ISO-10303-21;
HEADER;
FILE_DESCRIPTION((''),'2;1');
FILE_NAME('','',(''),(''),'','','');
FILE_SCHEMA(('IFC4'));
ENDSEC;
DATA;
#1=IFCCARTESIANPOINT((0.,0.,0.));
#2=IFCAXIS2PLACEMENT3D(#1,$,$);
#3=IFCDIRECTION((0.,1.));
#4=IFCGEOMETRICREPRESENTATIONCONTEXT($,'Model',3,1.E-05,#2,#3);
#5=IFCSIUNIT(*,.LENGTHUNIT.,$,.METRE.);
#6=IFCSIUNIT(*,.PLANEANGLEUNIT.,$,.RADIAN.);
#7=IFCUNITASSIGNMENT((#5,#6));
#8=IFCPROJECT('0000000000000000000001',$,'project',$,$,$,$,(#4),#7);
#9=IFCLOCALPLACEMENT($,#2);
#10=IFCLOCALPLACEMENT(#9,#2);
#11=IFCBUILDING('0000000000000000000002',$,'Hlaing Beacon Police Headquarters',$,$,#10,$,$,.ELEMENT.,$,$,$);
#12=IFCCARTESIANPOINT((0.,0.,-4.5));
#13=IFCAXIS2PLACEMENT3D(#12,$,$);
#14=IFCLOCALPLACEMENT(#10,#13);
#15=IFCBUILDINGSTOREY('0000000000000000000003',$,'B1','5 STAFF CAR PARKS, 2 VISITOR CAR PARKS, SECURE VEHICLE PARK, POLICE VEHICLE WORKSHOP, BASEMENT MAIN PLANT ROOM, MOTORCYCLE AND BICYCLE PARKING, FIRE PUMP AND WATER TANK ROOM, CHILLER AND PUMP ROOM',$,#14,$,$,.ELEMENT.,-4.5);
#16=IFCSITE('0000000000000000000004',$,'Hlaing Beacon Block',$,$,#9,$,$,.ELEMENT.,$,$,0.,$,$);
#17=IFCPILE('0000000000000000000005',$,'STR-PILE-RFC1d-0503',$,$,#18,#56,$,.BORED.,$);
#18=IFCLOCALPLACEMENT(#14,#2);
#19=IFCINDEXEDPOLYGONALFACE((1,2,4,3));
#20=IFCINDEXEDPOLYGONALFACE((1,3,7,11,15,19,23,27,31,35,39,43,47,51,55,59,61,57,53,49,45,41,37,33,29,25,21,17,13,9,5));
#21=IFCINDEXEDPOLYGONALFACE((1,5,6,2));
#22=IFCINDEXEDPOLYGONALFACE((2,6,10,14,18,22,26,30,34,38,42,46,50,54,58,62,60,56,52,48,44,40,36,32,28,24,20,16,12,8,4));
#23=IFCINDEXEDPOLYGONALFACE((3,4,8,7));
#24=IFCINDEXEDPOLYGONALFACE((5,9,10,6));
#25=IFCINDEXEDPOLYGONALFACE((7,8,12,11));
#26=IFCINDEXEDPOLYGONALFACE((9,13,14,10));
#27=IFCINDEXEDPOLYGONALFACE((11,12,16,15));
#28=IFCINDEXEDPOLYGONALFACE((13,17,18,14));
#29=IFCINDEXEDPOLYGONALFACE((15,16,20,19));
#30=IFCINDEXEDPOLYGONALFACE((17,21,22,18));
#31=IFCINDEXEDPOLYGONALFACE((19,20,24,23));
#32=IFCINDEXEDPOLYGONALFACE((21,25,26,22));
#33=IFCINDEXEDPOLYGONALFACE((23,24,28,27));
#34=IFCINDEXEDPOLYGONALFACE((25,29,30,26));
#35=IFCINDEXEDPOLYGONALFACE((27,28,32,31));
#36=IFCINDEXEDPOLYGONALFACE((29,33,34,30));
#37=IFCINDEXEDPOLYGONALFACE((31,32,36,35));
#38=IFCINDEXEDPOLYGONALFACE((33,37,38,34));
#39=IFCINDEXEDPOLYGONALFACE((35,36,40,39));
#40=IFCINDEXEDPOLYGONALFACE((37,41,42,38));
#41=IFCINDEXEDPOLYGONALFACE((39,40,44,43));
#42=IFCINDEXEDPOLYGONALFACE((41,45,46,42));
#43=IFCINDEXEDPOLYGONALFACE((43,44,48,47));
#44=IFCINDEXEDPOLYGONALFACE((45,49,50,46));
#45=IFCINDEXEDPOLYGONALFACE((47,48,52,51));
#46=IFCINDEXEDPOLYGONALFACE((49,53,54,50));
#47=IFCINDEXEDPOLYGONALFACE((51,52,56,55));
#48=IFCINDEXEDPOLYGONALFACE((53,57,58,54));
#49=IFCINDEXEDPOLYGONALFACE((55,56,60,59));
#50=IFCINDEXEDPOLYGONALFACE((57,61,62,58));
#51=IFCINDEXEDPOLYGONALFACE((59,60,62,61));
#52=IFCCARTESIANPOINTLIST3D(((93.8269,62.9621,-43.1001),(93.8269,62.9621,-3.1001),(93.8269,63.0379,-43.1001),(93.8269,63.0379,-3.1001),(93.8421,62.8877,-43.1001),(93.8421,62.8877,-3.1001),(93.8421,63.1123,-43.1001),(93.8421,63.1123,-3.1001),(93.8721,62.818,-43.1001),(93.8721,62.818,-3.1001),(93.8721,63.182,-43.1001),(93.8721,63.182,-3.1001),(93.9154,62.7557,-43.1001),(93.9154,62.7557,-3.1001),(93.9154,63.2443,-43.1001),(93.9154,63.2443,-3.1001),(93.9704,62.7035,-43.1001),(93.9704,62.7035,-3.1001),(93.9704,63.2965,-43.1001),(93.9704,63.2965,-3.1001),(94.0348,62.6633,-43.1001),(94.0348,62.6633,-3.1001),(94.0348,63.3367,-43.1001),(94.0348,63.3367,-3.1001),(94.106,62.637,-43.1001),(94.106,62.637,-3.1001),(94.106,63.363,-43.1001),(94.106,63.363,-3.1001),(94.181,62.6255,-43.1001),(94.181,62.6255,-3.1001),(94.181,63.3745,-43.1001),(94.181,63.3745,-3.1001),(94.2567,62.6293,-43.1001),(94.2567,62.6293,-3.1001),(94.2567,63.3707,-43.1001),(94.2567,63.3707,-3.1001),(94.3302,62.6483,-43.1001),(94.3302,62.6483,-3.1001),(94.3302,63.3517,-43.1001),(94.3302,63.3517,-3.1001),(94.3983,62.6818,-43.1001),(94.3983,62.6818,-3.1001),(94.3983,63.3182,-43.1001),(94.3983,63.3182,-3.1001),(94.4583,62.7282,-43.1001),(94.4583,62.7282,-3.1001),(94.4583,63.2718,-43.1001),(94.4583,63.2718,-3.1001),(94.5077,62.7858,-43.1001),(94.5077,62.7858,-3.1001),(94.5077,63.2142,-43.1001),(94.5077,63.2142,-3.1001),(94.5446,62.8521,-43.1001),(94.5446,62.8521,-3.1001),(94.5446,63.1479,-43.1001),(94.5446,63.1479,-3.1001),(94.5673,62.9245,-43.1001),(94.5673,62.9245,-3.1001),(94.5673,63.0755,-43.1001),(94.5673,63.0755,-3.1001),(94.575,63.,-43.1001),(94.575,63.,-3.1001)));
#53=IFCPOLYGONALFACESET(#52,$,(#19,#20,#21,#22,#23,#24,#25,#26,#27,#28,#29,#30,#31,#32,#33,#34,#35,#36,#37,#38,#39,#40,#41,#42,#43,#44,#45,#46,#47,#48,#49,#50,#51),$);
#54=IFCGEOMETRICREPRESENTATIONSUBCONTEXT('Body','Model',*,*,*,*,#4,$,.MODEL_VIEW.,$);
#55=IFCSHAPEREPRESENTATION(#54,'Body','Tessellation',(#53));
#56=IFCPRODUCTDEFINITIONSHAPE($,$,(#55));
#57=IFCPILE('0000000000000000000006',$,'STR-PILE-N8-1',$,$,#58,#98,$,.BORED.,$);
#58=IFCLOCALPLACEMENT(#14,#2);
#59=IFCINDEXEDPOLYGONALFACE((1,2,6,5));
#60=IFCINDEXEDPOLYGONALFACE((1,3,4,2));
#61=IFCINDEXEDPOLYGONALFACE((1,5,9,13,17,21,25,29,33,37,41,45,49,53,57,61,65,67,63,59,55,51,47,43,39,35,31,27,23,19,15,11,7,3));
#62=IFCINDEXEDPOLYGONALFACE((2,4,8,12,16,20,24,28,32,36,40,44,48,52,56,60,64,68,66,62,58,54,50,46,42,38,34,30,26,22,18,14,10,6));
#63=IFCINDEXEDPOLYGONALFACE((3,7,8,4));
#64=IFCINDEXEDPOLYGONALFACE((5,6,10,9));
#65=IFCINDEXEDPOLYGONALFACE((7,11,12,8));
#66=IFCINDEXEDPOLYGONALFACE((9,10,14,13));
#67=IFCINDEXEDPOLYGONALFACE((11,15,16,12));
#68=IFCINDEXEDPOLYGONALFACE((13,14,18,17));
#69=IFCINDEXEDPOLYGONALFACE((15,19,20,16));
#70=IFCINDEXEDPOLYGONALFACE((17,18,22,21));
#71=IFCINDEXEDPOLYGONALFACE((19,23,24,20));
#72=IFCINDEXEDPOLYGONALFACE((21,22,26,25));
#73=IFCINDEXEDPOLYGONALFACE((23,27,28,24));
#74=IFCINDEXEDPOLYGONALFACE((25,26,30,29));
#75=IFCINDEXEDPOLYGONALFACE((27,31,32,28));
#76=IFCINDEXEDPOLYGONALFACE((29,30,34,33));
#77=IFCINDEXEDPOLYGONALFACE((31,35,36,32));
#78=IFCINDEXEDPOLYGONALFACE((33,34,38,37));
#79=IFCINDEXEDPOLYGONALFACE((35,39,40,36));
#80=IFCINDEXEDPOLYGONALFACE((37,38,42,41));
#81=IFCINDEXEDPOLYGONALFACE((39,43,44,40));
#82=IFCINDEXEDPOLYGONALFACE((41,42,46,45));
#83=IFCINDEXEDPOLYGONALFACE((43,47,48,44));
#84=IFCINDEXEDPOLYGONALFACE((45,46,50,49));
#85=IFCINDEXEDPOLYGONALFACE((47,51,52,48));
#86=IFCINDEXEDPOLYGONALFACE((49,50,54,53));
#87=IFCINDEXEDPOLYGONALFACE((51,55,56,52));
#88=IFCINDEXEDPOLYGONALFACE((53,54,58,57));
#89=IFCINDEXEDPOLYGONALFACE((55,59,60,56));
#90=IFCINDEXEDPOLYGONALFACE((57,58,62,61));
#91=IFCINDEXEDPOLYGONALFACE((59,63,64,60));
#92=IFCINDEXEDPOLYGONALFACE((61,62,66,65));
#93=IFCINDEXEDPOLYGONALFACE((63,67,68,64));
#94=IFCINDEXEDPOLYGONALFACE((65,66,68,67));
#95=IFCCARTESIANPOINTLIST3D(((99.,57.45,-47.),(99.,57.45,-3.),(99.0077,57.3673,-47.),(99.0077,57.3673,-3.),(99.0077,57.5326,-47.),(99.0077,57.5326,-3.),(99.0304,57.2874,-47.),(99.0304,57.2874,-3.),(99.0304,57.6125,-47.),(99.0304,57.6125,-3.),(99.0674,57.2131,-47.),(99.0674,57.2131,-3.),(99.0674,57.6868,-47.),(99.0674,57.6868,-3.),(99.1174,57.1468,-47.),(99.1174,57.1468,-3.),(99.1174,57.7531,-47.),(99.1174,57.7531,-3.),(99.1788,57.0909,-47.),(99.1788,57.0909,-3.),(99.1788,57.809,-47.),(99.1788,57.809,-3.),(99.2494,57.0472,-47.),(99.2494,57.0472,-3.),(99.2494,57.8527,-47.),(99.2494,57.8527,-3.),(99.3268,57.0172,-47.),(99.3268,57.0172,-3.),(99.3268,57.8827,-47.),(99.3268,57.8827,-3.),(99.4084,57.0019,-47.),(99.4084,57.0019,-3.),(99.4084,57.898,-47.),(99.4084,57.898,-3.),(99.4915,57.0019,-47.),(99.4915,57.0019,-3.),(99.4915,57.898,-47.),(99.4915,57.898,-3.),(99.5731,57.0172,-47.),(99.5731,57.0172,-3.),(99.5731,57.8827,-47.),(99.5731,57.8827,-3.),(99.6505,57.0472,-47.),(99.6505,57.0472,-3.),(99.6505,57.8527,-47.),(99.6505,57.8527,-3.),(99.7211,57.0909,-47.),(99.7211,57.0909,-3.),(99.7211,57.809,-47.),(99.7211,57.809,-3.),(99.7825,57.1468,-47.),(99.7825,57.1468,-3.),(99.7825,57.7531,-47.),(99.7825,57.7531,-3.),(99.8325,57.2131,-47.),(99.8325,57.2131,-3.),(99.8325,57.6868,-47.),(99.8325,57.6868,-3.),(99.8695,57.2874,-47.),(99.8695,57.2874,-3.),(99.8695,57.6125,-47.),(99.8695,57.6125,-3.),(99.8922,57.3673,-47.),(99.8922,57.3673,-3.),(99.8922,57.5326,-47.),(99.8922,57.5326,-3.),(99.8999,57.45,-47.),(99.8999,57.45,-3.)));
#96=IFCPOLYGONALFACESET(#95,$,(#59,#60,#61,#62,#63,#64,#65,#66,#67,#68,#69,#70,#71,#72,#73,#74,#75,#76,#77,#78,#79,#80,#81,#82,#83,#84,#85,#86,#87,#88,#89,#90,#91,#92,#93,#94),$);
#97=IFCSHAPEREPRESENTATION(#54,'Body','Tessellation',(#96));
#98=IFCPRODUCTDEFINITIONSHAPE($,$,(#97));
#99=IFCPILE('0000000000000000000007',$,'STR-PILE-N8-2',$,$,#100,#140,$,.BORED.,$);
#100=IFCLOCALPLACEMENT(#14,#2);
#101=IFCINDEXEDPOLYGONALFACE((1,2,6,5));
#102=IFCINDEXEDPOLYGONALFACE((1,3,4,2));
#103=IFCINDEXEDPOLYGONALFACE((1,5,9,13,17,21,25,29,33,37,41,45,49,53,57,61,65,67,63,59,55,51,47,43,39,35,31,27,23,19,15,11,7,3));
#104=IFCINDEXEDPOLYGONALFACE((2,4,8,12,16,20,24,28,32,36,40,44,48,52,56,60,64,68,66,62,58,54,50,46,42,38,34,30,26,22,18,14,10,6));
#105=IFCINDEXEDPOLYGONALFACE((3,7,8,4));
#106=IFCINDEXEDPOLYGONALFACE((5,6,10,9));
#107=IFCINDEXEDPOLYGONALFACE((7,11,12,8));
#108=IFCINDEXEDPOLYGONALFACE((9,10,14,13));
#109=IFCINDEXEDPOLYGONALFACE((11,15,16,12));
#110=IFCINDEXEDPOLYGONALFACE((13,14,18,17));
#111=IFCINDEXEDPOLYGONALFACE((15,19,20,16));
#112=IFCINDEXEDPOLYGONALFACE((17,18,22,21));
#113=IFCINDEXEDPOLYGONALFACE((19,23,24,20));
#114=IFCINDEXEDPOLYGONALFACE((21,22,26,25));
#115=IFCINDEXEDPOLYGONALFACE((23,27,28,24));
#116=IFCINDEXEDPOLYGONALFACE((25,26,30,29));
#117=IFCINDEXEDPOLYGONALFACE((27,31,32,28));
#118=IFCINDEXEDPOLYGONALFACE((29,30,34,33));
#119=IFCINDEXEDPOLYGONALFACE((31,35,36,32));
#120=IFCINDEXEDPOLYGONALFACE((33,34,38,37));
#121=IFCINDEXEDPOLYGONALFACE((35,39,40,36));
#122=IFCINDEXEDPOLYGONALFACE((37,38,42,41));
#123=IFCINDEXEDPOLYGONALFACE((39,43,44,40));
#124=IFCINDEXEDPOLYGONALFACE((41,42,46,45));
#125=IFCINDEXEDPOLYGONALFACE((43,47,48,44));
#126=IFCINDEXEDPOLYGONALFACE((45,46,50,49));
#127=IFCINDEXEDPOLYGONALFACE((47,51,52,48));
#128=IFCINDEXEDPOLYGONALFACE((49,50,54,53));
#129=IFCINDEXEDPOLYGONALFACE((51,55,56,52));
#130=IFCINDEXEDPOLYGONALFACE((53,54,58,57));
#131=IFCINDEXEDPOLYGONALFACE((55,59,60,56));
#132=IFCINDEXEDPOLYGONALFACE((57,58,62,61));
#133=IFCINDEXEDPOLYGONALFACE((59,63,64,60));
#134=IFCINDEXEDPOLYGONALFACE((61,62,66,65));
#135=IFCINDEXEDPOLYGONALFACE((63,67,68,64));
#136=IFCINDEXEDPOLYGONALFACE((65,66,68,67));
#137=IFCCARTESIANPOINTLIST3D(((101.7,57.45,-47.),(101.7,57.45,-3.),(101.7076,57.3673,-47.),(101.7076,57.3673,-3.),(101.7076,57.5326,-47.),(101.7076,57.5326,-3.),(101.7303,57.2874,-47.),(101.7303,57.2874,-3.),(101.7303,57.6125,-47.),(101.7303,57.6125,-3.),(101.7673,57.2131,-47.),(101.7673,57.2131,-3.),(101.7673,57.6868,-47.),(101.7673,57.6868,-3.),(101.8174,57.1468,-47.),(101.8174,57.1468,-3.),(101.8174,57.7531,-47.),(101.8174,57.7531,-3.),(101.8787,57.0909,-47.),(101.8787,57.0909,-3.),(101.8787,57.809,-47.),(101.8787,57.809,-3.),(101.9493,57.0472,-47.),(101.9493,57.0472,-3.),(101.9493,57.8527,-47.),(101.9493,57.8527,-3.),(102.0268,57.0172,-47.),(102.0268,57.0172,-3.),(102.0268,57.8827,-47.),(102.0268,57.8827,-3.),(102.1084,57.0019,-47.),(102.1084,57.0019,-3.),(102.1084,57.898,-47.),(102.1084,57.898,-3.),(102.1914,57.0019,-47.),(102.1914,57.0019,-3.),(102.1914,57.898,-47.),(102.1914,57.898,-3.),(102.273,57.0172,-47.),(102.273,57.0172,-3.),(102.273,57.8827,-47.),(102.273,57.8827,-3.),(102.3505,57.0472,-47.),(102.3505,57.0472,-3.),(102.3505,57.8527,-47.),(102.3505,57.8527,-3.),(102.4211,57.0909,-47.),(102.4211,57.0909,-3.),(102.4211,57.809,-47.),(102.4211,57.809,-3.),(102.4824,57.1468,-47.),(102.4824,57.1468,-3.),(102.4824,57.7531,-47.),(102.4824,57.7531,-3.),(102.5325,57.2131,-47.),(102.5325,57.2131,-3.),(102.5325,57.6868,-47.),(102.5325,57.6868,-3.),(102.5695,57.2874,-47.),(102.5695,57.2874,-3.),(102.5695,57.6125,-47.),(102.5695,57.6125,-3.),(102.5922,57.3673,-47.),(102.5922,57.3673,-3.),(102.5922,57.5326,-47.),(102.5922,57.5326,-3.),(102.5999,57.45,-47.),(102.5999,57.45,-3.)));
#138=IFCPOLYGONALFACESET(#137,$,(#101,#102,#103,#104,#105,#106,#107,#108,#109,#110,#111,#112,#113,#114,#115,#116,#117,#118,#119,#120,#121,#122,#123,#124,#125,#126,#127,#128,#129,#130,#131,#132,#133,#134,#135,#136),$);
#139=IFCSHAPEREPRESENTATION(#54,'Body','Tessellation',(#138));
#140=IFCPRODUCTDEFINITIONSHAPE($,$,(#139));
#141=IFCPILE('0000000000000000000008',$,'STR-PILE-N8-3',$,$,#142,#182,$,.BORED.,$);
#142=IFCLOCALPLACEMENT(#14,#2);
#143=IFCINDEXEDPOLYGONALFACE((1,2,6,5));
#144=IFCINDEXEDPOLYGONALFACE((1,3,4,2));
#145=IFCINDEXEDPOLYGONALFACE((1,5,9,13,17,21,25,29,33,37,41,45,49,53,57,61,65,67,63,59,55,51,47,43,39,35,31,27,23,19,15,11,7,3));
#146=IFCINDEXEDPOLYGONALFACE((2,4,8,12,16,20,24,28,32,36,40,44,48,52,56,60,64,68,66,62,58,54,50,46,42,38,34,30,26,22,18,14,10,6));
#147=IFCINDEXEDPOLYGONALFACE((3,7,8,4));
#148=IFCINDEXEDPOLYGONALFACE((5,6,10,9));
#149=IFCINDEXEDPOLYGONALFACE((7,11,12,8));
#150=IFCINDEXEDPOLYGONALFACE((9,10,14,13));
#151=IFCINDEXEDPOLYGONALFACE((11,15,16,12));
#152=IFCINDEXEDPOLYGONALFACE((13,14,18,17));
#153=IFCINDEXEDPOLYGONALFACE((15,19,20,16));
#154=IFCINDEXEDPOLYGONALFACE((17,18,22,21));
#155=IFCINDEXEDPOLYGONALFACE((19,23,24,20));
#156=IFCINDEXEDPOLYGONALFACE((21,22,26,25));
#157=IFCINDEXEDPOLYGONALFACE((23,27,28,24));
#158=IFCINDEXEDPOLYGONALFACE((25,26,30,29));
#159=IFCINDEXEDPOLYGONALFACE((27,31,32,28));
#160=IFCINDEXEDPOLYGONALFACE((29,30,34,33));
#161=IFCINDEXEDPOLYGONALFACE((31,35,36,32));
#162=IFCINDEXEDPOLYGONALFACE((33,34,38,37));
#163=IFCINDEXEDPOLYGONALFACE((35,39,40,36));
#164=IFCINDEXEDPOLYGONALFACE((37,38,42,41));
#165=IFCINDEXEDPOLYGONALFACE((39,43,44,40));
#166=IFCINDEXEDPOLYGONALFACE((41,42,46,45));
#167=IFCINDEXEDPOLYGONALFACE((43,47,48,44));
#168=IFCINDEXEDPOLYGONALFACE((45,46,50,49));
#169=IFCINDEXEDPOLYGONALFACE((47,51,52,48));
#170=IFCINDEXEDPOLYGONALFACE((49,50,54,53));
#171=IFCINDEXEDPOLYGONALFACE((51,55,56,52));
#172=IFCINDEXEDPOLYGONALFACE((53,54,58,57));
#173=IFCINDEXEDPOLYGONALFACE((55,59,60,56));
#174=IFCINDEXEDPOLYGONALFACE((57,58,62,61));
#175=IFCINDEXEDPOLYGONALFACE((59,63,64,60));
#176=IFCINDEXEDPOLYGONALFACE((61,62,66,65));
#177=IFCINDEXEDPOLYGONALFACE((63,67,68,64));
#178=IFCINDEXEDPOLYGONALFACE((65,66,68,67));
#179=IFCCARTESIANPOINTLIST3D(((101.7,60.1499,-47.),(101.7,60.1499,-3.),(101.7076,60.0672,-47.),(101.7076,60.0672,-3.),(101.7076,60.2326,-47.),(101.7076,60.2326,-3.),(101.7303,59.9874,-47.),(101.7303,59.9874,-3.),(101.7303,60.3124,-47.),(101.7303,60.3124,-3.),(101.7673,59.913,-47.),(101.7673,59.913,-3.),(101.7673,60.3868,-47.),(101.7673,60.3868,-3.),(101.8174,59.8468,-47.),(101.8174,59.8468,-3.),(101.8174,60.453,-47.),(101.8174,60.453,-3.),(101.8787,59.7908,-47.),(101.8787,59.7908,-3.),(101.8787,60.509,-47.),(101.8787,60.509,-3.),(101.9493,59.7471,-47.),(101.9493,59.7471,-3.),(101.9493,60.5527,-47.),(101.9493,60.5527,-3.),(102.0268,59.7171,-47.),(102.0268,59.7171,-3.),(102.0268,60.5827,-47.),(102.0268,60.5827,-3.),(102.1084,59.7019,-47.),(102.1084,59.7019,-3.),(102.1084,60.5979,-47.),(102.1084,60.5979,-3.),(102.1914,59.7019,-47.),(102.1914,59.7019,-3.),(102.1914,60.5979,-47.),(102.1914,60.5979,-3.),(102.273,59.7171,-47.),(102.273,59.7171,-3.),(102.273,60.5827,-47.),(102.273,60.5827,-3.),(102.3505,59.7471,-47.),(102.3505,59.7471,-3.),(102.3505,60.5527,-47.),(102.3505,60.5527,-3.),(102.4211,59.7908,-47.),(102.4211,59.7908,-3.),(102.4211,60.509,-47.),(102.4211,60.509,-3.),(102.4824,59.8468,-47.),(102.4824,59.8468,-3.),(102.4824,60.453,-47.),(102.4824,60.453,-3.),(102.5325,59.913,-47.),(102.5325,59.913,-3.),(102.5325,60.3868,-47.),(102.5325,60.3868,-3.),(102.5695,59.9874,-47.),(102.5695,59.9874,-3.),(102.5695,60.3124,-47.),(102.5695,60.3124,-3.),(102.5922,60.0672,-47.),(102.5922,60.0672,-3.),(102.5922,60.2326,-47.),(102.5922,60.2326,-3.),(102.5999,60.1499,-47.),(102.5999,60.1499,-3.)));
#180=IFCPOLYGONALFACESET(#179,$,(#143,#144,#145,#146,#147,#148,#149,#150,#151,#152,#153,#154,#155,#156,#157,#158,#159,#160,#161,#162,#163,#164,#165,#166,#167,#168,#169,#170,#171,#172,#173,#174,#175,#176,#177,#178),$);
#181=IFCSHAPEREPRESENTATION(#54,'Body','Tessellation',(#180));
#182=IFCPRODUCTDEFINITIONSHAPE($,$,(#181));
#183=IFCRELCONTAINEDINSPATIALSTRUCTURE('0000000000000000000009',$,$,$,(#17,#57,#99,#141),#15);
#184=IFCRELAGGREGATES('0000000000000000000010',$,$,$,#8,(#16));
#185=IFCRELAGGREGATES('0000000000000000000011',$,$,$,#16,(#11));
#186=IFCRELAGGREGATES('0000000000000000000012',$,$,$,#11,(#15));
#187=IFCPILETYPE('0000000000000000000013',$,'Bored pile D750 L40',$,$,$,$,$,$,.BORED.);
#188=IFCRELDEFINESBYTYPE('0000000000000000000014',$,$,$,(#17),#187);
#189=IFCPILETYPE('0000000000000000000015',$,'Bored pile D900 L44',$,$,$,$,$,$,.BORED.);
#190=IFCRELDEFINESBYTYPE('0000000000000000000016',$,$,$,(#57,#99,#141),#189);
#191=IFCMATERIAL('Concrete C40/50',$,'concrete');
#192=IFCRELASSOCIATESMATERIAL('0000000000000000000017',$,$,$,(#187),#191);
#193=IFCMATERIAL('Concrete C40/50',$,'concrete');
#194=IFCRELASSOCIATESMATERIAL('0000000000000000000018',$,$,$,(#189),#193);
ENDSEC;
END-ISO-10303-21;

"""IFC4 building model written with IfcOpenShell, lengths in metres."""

from ifc_helpers import new_model, si_unit, direction, frame, origin, origin_2d, place, context, subcontext, project, spatial, circle, extrude, material, material_profile, profile_set, type_object, element, save


model = new_model("IFC4")

# Units and contexts
model_context = context("Model", 3, precision=1e-05, world=origin(), true_north=direction((0.0, 1.0)))
body_context = subcontext(model_context, "Body", "Model", "MODEL_VIEW")
ifc_project = project(units=[si_unit("LENGTHUNIT", "METRE"), si_unit("PLANEANGLEUNIT", "RADIAN")], contexts=[model_context])

# Site, building, storey
site_placement = place(None, origin())
site = spatial("IfcSite", under=ifc_project, at=site_placement, Name="Hlaing Beacon Block", CompositionType="ELEMENT", RefElevation=0.0)
building_placement = place(site_placement, origin())
building = spatial("IfcBuilding", under=site, at=building_placement, Name="Hlaing Beacon Police Headquarters", CompositionType="ELEMENT")
storey_placement = place(building_placement, frame((0.0, 0.0, -4.5)))
storey = spatial("IfcBuildingStorey", under=building, at=storey_placement, Name="B1", Description="5 STAFF CAR PARKS, 2 VISITOR CAR PARKS, SECURE VEHICLE PARK, POLICE VEHICLE WORKSHOP, BASEMENT MAIN PLANT ROOM, MOTORCYCLE AND BICYCLE PARKING, FIRE PUMP AND WATER TANK ROOM, CHILLER AND PUMP ROOM", CompositionType="ELEMENT", Elevation=-4.5)

# Piles
ifc_material_1 = material(Name="Concrete C40/50", Category="concrete")
ifc_material_profile_1 = material_profile(ifc_material_1, circle(Radius=0.375, at=origin_2d()), Name="D750")
ifc_profile_set_1 = profile_set([ifc_material_profile_1], Name="Concrete C40/50")
pile_type_1 = type_object("IfcPileType", Name="Bored pile D750 L40", PredefinedType="BORED", material=ifc_profile_set_1)
for number, where, z_axis, x_axis, name in (
    (1, (94.2, 63.0, -3.1001), (0.0, 0.0, -1.0), (1.0, 0.0, 0.0), "STR-PILE-RFC1d-0503"),
):
    element("IfcPile", number, at=place(storey_placement, frame(where, z_axis=z_axis, x_axis=x_axis)), inside=storey, type_object=pile_type_1, Name=name, PredefinedType="BORED", context=body_context, shape_type="SweptSolid", body=[
        extrude(circle(Radius=0.375, at=origin_2d()), origin(), (0.0, 0.0, 1.0), 40.0),
    ])
ifc_material_2 = material(Name="Concrete C40/50", Category="concrete")
ifc_material_profile_2 = material_profile(ifc_material_2, circle(Radius=0.45, at=origin_2d()), Name="D900")
ifc_profile_set_2 = profile_set([ifc_material_profile_2], Name="Concrete C40/50")
pile_type_2 = type_object("IfcPileType", Name="Bored pile D900 L44", PredefinedType="BORED", material=ifc_profile_set_2)
for number, where, z_axis, x_axis, name in (
    (2, (99.45, 57.45, -3.0), (0.0, 0.0, -1.0), (1.0, 0.0, 0.0), "STR-PILE-N8-1"),
    (3, (102.1499, 57.45, -3.0), (0.0, 0.0, -1.0), (1.0, 0.0, 0.0), "STR-PILE-N8-2"),
    (4, (102.1499, 60.1499, -3.0), (0.0, 0.0, -1.0), (1.0, 0.0, 0.0), "STR-PILE-N8-3"),
):
    element("IfcPile", number, at=place(storey_placement, frame(where, z_axis=z_axis, x_axis=x_axis)), inside=storey, type_object=pile_type_2, Name=name, PredefinedType="BORED", context=body_context, shape_type="SweptSolid", body=[
        extrude(circle(Radius=0.45, at=origin_2d()), origin(), (0.0, 0.0, 1.0), 44.0),
    ])

save(model, "model.ifc")
